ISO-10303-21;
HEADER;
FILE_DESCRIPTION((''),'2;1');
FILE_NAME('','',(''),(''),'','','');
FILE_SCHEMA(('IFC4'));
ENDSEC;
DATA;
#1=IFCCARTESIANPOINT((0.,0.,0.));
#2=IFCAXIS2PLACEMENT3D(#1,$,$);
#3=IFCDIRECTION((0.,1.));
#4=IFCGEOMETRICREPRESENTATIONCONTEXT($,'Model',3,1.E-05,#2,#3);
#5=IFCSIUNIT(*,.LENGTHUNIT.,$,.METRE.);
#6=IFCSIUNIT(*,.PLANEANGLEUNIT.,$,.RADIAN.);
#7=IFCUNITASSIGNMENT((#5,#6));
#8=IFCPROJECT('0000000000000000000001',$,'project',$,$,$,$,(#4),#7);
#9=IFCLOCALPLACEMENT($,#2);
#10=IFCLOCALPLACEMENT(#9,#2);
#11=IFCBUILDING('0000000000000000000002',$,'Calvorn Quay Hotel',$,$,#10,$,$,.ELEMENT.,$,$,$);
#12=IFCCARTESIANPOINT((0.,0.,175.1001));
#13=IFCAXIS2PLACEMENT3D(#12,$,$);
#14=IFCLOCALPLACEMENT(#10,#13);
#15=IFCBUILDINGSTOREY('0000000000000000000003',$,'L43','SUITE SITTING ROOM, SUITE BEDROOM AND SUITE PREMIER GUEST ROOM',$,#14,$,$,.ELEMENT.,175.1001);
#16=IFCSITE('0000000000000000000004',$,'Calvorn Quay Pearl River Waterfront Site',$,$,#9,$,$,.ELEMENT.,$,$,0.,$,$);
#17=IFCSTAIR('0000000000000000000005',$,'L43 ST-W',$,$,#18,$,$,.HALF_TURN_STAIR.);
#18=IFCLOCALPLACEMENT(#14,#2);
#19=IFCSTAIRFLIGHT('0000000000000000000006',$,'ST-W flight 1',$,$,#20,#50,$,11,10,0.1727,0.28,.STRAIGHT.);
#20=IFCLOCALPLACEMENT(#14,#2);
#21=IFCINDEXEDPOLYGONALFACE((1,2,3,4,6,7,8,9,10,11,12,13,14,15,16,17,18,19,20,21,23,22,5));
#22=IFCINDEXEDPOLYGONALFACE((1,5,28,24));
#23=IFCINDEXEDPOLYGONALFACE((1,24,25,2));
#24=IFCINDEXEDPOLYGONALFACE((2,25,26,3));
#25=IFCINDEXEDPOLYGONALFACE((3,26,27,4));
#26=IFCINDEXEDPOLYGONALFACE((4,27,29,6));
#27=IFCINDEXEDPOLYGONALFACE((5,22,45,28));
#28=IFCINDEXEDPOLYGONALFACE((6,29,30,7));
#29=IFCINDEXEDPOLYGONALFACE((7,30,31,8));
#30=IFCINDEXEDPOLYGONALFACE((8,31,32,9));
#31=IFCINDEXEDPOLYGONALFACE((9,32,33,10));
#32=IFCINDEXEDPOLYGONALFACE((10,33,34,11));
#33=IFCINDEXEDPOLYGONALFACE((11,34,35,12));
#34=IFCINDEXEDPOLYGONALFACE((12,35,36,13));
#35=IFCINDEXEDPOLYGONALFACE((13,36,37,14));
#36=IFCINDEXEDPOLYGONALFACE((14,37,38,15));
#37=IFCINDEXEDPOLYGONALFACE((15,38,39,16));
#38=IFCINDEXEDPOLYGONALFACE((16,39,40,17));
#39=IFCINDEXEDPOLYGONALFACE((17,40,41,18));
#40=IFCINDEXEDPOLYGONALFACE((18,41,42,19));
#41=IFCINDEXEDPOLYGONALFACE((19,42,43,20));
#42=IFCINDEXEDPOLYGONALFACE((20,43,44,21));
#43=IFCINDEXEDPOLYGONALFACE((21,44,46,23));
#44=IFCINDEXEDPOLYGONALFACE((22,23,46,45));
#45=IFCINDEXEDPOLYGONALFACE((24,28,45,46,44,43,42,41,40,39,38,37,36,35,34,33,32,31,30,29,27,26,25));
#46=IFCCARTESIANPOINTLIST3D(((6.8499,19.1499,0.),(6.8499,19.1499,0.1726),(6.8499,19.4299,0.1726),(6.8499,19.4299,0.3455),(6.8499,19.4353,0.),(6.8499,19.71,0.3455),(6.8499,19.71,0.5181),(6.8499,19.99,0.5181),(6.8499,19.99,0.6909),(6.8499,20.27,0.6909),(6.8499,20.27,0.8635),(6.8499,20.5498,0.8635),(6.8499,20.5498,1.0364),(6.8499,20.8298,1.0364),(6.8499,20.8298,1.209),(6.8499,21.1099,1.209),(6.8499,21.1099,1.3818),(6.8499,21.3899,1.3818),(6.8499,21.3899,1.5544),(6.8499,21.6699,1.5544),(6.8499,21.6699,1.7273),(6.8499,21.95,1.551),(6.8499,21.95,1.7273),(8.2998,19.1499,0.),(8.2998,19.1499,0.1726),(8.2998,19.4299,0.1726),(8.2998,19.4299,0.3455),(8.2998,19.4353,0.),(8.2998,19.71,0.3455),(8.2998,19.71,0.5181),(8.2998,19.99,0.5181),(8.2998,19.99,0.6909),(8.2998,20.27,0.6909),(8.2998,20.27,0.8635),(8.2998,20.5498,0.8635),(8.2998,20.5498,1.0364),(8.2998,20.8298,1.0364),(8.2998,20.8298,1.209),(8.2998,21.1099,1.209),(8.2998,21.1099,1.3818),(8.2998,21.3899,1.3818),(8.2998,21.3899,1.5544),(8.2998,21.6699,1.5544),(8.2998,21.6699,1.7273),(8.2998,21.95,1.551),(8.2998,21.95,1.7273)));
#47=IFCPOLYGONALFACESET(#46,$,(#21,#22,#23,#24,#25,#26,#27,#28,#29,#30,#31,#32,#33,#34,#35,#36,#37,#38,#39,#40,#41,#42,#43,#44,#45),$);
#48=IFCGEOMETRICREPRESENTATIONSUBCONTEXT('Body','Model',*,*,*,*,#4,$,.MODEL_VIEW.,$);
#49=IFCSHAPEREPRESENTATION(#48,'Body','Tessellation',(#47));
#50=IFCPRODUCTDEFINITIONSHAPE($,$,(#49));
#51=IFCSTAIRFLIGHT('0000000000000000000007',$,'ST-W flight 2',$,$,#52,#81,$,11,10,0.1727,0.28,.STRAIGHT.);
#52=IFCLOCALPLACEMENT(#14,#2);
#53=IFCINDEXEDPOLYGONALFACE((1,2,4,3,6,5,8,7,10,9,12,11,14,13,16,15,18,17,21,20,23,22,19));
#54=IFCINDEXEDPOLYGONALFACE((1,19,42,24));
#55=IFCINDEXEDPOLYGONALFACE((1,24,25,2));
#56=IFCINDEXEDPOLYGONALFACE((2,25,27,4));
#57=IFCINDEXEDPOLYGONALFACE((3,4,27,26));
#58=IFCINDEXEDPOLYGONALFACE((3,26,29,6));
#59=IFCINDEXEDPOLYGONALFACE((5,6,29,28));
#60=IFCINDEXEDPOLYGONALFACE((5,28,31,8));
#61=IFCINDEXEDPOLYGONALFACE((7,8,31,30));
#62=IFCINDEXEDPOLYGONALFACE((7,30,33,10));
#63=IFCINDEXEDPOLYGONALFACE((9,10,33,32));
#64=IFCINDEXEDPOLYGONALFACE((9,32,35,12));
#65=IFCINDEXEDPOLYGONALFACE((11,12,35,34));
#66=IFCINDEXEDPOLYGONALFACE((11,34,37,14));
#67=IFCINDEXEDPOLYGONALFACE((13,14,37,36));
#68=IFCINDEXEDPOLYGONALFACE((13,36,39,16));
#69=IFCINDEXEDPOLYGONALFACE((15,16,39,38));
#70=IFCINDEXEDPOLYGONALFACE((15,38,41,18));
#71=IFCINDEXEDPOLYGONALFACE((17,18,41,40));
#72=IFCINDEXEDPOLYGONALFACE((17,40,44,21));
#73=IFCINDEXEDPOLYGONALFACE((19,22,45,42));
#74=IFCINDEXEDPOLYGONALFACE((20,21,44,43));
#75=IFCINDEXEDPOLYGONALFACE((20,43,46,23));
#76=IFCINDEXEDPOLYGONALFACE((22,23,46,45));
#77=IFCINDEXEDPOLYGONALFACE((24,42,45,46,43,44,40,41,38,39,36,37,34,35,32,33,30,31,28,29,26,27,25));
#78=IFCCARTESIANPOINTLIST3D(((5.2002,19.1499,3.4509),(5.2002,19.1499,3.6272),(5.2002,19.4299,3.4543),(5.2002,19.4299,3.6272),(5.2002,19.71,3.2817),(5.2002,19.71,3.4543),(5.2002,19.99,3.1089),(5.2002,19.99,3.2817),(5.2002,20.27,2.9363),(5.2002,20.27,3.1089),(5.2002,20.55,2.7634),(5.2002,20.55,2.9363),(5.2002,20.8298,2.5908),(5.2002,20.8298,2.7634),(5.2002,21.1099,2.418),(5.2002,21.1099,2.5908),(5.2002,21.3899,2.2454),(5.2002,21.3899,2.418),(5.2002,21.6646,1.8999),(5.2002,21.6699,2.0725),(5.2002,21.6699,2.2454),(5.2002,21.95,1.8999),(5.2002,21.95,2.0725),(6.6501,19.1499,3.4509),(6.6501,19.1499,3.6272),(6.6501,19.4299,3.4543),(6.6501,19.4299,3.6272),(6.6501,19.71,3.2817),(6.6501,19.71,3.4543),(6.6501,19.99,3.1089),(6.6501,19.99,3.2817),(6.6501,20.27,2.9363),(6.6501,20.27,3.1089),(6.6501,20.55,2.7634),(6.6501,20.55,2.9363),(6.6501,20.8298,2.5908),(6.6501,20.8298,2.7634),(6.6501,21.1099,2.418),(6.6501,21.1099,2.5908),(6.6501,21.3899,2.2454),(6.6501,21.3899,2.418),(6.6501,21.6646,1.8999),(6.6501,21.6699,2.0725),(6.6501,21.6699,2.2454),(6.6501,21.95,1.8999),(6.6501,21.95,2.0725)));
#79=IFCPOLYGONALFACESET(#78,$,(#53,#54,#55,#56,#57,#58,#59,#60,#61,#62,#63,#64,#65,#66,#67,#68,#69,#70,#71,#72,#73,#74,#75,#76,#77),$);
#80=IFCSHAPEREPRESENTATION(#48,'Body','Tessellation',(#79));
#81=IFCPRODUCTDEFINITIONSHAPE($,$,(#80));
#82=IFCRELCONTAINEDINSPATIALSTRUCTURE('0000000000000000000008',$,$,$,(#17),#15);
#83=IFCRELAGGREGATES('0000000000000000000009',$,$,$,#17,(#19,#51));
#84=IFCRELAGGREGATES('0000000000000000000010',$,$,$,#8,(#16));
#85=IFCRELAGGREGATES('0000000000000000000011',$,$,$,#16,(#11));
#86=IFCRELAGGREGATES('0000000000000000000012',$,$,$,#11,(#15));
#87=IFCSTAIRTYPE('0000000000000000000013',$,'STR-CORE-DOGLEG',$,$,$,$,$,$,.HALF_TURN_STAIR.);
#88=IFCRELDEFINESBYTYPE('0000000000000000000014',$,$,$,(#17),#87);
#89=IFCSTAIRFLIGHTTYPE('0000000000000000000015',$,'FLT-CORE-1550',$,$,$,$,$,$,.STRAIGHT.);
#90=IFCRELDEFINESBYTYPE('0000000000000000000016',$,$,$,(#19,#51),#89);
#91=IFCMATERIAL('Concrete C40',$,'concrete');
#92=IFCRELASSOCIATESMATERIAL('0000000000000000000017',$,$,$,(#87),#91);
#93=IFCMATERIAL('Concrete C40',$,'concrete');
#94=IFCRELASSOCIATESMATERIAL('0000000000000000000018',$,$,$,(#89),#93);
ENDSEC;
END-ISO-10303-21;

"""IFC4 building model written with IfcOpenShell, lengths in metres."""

from ifc_helpers import new_model, si_unit, direction, frame, origin, place, context, subcontext, project, spatial, polyline, outline, extrude, material, type_object, element, aggregate, save


model = new_model("IFC4")

# Units and contexts
model_context = context("Model", 3, precision=1e-05, world=origin(), true_north=direction((0.0, 1.0)))
body_context = subcontext(model_context, "Body", "Model", "MODEL_VIEW")
ifc_project = project(units=[si_unit("LENGTHUNIT", "METRE"), si_unit("PLANEANGLEUNIT", "RADIAN")], contexts=[model_context])

# Site, building, storey
site_placement = place(None, origin())
site = spatial("IfcSite", under=ifc_project, at=site_placement, Name="Calvorn Quay Pearl River Waterfront Site", CompositionType="ELEMENT", RefElevation=0.0)
building_placement = place(site_placement, origin())
building = spatial("IfcBuilding", under=site, at=building_placement, Name="Calvorn Quay Hotel", CompositionType="ELEMENT")
storey_placement = place(building_placement, frame((0.0, 0.0, 175.1001)))
storey = spatial("IfcBuildingStorey", under=building, at=storey_placement, Name="L43", Description="SUITE SITTING ROOM, SUITE BEDROOM AND SUITE PREMIER GUEST ROOM", CompositionType="ELEMENT", Elevation=175.1001)

# Stair, stair flights
ifc_material_1 = material(Name="Concrete C40", Category="concrete")
stair_type = type_object("IfcStairType", Name="STR-CORE-DOGLEG", PredefinedType="HALF_TURN_STAIR", material=ifc_material_1)
stair_placement = place(storey_placement, origin())
stair = element("IfcStair", 1, at=stair_placement, inside=storey, type_object=stair_type, Name="L43 ST-W", PredefinedType="HALF_TURN_STAIR")
ifc_material_2 = material(Name="Concrete C40", Category="concrete")
stair_flight_type = type_object("IfcStairFlightType", Name="FLT-CORE-1550", PredefinedType="STRAIGHT", material=ifc_material_2)
stair_flight_1_placement = place(storey_placement, frame((7.575, 19.1499, 0.0), z_axis=(0.0, 0.0, 1.0), x_axis=(0.0, 1.0, 0.0)))
stair_flight_1 = element("IfcStairFlight", 2, at=stair_flight_1_placement, type_object=stair_flight_type, Name="ST-W flight 1", NumberOfRisers=11, NumberOfTreads=10, PredefinedType="STRAIGHT", RiserHeight=0.1727, TreadLength=0.28, context=body_context, shape_type="SweptSolid", body=[
    extrude(outline(polyline([(0.0, 0.0), (0.0, 0.1726), (0.28, 0.1726), (0.28, 0.3455), (0.5601, 0.3455), (0.5601, 0.5181), (0.8401, 0.5181), (0.8401, 0.6909), (1.1201, 0.6909), (1.1201, 0.8635), (1.3999, 0.8635), (1.3999, 1.0364), (1.6799, 1.0364), (1.6799, 1.209), (1.96, 1.209), (1.96, 1.3818), (2.24, 1.3818), (2.24, 1.5544), (2.52, 1.5544), (2.52, 1.7273), (2.8, 1.7273), (2.8, 1.8999), (2.8, 1.551), (0.2854, 0.0), (0.0, 0.0)])), frame((0.0, 0.7251, 0.0), z_axis=(0.0, -1.0, 0.0), x_axis=(1.0, 0.0, 0.0)), (0.0, 0.0, 1.0), 1.45),
])
stair_flight_2_placement = place(storey_placement, frame((5.925, 21.95, 1.8999), z_axis=(0.0, 0.0, 1.0), x_axis=(0.0, -1.0, 0.0)))
stair_flight_2 = element("IfcStairFlight", 3, at=stair_flight_2_placement, type_object=stair_flight_type, Name="ST-W flight 2", NumberOfRisers=11, NumberOfTreads=10, PredefinedType="STRAIGHT", RiserHeight=0.1727, TreadLength=0.28, context=body_context, shape_type="SweptSolid", body=[
    extrude(outline(polyline([(0.0, 0.0), (0.0, 0.1726), (0.28, 0.1726), (0.28, 0.3455), (0.5601, 0.3455), (0.5601, 0.5181), (0.8401, 0.5181), (0.8401, 0.6909), (1.1201, 0.6909), (1.1201, 0.8635), (1.3999, 0.8635), (1.3999, 1.0364), (1.6799, 1.0364), (1.6799, 1.209), (1.96, 1.209), (1.96, 1.3818), (2.24, 1.3818), (2.24, 1.5544), (2.52, 1.5544), (2.52, 1.7273), (2.8, 1.7273), (2.8, 1.8999), (2.8, 1.551), (0.2854, 0.0), (0.0, 0.0)])), frame((0.0, 0.7251, 0.0), z_axis=(0.0, -1.0, 0.0), x_axis=(1.0, 0.0, 0.0)), (0.0, 0.0, 1.0), 1.45),
])
aggregate(stair, [stair_flight_1, stair_flight_2])

save(model, "model.ifc")
